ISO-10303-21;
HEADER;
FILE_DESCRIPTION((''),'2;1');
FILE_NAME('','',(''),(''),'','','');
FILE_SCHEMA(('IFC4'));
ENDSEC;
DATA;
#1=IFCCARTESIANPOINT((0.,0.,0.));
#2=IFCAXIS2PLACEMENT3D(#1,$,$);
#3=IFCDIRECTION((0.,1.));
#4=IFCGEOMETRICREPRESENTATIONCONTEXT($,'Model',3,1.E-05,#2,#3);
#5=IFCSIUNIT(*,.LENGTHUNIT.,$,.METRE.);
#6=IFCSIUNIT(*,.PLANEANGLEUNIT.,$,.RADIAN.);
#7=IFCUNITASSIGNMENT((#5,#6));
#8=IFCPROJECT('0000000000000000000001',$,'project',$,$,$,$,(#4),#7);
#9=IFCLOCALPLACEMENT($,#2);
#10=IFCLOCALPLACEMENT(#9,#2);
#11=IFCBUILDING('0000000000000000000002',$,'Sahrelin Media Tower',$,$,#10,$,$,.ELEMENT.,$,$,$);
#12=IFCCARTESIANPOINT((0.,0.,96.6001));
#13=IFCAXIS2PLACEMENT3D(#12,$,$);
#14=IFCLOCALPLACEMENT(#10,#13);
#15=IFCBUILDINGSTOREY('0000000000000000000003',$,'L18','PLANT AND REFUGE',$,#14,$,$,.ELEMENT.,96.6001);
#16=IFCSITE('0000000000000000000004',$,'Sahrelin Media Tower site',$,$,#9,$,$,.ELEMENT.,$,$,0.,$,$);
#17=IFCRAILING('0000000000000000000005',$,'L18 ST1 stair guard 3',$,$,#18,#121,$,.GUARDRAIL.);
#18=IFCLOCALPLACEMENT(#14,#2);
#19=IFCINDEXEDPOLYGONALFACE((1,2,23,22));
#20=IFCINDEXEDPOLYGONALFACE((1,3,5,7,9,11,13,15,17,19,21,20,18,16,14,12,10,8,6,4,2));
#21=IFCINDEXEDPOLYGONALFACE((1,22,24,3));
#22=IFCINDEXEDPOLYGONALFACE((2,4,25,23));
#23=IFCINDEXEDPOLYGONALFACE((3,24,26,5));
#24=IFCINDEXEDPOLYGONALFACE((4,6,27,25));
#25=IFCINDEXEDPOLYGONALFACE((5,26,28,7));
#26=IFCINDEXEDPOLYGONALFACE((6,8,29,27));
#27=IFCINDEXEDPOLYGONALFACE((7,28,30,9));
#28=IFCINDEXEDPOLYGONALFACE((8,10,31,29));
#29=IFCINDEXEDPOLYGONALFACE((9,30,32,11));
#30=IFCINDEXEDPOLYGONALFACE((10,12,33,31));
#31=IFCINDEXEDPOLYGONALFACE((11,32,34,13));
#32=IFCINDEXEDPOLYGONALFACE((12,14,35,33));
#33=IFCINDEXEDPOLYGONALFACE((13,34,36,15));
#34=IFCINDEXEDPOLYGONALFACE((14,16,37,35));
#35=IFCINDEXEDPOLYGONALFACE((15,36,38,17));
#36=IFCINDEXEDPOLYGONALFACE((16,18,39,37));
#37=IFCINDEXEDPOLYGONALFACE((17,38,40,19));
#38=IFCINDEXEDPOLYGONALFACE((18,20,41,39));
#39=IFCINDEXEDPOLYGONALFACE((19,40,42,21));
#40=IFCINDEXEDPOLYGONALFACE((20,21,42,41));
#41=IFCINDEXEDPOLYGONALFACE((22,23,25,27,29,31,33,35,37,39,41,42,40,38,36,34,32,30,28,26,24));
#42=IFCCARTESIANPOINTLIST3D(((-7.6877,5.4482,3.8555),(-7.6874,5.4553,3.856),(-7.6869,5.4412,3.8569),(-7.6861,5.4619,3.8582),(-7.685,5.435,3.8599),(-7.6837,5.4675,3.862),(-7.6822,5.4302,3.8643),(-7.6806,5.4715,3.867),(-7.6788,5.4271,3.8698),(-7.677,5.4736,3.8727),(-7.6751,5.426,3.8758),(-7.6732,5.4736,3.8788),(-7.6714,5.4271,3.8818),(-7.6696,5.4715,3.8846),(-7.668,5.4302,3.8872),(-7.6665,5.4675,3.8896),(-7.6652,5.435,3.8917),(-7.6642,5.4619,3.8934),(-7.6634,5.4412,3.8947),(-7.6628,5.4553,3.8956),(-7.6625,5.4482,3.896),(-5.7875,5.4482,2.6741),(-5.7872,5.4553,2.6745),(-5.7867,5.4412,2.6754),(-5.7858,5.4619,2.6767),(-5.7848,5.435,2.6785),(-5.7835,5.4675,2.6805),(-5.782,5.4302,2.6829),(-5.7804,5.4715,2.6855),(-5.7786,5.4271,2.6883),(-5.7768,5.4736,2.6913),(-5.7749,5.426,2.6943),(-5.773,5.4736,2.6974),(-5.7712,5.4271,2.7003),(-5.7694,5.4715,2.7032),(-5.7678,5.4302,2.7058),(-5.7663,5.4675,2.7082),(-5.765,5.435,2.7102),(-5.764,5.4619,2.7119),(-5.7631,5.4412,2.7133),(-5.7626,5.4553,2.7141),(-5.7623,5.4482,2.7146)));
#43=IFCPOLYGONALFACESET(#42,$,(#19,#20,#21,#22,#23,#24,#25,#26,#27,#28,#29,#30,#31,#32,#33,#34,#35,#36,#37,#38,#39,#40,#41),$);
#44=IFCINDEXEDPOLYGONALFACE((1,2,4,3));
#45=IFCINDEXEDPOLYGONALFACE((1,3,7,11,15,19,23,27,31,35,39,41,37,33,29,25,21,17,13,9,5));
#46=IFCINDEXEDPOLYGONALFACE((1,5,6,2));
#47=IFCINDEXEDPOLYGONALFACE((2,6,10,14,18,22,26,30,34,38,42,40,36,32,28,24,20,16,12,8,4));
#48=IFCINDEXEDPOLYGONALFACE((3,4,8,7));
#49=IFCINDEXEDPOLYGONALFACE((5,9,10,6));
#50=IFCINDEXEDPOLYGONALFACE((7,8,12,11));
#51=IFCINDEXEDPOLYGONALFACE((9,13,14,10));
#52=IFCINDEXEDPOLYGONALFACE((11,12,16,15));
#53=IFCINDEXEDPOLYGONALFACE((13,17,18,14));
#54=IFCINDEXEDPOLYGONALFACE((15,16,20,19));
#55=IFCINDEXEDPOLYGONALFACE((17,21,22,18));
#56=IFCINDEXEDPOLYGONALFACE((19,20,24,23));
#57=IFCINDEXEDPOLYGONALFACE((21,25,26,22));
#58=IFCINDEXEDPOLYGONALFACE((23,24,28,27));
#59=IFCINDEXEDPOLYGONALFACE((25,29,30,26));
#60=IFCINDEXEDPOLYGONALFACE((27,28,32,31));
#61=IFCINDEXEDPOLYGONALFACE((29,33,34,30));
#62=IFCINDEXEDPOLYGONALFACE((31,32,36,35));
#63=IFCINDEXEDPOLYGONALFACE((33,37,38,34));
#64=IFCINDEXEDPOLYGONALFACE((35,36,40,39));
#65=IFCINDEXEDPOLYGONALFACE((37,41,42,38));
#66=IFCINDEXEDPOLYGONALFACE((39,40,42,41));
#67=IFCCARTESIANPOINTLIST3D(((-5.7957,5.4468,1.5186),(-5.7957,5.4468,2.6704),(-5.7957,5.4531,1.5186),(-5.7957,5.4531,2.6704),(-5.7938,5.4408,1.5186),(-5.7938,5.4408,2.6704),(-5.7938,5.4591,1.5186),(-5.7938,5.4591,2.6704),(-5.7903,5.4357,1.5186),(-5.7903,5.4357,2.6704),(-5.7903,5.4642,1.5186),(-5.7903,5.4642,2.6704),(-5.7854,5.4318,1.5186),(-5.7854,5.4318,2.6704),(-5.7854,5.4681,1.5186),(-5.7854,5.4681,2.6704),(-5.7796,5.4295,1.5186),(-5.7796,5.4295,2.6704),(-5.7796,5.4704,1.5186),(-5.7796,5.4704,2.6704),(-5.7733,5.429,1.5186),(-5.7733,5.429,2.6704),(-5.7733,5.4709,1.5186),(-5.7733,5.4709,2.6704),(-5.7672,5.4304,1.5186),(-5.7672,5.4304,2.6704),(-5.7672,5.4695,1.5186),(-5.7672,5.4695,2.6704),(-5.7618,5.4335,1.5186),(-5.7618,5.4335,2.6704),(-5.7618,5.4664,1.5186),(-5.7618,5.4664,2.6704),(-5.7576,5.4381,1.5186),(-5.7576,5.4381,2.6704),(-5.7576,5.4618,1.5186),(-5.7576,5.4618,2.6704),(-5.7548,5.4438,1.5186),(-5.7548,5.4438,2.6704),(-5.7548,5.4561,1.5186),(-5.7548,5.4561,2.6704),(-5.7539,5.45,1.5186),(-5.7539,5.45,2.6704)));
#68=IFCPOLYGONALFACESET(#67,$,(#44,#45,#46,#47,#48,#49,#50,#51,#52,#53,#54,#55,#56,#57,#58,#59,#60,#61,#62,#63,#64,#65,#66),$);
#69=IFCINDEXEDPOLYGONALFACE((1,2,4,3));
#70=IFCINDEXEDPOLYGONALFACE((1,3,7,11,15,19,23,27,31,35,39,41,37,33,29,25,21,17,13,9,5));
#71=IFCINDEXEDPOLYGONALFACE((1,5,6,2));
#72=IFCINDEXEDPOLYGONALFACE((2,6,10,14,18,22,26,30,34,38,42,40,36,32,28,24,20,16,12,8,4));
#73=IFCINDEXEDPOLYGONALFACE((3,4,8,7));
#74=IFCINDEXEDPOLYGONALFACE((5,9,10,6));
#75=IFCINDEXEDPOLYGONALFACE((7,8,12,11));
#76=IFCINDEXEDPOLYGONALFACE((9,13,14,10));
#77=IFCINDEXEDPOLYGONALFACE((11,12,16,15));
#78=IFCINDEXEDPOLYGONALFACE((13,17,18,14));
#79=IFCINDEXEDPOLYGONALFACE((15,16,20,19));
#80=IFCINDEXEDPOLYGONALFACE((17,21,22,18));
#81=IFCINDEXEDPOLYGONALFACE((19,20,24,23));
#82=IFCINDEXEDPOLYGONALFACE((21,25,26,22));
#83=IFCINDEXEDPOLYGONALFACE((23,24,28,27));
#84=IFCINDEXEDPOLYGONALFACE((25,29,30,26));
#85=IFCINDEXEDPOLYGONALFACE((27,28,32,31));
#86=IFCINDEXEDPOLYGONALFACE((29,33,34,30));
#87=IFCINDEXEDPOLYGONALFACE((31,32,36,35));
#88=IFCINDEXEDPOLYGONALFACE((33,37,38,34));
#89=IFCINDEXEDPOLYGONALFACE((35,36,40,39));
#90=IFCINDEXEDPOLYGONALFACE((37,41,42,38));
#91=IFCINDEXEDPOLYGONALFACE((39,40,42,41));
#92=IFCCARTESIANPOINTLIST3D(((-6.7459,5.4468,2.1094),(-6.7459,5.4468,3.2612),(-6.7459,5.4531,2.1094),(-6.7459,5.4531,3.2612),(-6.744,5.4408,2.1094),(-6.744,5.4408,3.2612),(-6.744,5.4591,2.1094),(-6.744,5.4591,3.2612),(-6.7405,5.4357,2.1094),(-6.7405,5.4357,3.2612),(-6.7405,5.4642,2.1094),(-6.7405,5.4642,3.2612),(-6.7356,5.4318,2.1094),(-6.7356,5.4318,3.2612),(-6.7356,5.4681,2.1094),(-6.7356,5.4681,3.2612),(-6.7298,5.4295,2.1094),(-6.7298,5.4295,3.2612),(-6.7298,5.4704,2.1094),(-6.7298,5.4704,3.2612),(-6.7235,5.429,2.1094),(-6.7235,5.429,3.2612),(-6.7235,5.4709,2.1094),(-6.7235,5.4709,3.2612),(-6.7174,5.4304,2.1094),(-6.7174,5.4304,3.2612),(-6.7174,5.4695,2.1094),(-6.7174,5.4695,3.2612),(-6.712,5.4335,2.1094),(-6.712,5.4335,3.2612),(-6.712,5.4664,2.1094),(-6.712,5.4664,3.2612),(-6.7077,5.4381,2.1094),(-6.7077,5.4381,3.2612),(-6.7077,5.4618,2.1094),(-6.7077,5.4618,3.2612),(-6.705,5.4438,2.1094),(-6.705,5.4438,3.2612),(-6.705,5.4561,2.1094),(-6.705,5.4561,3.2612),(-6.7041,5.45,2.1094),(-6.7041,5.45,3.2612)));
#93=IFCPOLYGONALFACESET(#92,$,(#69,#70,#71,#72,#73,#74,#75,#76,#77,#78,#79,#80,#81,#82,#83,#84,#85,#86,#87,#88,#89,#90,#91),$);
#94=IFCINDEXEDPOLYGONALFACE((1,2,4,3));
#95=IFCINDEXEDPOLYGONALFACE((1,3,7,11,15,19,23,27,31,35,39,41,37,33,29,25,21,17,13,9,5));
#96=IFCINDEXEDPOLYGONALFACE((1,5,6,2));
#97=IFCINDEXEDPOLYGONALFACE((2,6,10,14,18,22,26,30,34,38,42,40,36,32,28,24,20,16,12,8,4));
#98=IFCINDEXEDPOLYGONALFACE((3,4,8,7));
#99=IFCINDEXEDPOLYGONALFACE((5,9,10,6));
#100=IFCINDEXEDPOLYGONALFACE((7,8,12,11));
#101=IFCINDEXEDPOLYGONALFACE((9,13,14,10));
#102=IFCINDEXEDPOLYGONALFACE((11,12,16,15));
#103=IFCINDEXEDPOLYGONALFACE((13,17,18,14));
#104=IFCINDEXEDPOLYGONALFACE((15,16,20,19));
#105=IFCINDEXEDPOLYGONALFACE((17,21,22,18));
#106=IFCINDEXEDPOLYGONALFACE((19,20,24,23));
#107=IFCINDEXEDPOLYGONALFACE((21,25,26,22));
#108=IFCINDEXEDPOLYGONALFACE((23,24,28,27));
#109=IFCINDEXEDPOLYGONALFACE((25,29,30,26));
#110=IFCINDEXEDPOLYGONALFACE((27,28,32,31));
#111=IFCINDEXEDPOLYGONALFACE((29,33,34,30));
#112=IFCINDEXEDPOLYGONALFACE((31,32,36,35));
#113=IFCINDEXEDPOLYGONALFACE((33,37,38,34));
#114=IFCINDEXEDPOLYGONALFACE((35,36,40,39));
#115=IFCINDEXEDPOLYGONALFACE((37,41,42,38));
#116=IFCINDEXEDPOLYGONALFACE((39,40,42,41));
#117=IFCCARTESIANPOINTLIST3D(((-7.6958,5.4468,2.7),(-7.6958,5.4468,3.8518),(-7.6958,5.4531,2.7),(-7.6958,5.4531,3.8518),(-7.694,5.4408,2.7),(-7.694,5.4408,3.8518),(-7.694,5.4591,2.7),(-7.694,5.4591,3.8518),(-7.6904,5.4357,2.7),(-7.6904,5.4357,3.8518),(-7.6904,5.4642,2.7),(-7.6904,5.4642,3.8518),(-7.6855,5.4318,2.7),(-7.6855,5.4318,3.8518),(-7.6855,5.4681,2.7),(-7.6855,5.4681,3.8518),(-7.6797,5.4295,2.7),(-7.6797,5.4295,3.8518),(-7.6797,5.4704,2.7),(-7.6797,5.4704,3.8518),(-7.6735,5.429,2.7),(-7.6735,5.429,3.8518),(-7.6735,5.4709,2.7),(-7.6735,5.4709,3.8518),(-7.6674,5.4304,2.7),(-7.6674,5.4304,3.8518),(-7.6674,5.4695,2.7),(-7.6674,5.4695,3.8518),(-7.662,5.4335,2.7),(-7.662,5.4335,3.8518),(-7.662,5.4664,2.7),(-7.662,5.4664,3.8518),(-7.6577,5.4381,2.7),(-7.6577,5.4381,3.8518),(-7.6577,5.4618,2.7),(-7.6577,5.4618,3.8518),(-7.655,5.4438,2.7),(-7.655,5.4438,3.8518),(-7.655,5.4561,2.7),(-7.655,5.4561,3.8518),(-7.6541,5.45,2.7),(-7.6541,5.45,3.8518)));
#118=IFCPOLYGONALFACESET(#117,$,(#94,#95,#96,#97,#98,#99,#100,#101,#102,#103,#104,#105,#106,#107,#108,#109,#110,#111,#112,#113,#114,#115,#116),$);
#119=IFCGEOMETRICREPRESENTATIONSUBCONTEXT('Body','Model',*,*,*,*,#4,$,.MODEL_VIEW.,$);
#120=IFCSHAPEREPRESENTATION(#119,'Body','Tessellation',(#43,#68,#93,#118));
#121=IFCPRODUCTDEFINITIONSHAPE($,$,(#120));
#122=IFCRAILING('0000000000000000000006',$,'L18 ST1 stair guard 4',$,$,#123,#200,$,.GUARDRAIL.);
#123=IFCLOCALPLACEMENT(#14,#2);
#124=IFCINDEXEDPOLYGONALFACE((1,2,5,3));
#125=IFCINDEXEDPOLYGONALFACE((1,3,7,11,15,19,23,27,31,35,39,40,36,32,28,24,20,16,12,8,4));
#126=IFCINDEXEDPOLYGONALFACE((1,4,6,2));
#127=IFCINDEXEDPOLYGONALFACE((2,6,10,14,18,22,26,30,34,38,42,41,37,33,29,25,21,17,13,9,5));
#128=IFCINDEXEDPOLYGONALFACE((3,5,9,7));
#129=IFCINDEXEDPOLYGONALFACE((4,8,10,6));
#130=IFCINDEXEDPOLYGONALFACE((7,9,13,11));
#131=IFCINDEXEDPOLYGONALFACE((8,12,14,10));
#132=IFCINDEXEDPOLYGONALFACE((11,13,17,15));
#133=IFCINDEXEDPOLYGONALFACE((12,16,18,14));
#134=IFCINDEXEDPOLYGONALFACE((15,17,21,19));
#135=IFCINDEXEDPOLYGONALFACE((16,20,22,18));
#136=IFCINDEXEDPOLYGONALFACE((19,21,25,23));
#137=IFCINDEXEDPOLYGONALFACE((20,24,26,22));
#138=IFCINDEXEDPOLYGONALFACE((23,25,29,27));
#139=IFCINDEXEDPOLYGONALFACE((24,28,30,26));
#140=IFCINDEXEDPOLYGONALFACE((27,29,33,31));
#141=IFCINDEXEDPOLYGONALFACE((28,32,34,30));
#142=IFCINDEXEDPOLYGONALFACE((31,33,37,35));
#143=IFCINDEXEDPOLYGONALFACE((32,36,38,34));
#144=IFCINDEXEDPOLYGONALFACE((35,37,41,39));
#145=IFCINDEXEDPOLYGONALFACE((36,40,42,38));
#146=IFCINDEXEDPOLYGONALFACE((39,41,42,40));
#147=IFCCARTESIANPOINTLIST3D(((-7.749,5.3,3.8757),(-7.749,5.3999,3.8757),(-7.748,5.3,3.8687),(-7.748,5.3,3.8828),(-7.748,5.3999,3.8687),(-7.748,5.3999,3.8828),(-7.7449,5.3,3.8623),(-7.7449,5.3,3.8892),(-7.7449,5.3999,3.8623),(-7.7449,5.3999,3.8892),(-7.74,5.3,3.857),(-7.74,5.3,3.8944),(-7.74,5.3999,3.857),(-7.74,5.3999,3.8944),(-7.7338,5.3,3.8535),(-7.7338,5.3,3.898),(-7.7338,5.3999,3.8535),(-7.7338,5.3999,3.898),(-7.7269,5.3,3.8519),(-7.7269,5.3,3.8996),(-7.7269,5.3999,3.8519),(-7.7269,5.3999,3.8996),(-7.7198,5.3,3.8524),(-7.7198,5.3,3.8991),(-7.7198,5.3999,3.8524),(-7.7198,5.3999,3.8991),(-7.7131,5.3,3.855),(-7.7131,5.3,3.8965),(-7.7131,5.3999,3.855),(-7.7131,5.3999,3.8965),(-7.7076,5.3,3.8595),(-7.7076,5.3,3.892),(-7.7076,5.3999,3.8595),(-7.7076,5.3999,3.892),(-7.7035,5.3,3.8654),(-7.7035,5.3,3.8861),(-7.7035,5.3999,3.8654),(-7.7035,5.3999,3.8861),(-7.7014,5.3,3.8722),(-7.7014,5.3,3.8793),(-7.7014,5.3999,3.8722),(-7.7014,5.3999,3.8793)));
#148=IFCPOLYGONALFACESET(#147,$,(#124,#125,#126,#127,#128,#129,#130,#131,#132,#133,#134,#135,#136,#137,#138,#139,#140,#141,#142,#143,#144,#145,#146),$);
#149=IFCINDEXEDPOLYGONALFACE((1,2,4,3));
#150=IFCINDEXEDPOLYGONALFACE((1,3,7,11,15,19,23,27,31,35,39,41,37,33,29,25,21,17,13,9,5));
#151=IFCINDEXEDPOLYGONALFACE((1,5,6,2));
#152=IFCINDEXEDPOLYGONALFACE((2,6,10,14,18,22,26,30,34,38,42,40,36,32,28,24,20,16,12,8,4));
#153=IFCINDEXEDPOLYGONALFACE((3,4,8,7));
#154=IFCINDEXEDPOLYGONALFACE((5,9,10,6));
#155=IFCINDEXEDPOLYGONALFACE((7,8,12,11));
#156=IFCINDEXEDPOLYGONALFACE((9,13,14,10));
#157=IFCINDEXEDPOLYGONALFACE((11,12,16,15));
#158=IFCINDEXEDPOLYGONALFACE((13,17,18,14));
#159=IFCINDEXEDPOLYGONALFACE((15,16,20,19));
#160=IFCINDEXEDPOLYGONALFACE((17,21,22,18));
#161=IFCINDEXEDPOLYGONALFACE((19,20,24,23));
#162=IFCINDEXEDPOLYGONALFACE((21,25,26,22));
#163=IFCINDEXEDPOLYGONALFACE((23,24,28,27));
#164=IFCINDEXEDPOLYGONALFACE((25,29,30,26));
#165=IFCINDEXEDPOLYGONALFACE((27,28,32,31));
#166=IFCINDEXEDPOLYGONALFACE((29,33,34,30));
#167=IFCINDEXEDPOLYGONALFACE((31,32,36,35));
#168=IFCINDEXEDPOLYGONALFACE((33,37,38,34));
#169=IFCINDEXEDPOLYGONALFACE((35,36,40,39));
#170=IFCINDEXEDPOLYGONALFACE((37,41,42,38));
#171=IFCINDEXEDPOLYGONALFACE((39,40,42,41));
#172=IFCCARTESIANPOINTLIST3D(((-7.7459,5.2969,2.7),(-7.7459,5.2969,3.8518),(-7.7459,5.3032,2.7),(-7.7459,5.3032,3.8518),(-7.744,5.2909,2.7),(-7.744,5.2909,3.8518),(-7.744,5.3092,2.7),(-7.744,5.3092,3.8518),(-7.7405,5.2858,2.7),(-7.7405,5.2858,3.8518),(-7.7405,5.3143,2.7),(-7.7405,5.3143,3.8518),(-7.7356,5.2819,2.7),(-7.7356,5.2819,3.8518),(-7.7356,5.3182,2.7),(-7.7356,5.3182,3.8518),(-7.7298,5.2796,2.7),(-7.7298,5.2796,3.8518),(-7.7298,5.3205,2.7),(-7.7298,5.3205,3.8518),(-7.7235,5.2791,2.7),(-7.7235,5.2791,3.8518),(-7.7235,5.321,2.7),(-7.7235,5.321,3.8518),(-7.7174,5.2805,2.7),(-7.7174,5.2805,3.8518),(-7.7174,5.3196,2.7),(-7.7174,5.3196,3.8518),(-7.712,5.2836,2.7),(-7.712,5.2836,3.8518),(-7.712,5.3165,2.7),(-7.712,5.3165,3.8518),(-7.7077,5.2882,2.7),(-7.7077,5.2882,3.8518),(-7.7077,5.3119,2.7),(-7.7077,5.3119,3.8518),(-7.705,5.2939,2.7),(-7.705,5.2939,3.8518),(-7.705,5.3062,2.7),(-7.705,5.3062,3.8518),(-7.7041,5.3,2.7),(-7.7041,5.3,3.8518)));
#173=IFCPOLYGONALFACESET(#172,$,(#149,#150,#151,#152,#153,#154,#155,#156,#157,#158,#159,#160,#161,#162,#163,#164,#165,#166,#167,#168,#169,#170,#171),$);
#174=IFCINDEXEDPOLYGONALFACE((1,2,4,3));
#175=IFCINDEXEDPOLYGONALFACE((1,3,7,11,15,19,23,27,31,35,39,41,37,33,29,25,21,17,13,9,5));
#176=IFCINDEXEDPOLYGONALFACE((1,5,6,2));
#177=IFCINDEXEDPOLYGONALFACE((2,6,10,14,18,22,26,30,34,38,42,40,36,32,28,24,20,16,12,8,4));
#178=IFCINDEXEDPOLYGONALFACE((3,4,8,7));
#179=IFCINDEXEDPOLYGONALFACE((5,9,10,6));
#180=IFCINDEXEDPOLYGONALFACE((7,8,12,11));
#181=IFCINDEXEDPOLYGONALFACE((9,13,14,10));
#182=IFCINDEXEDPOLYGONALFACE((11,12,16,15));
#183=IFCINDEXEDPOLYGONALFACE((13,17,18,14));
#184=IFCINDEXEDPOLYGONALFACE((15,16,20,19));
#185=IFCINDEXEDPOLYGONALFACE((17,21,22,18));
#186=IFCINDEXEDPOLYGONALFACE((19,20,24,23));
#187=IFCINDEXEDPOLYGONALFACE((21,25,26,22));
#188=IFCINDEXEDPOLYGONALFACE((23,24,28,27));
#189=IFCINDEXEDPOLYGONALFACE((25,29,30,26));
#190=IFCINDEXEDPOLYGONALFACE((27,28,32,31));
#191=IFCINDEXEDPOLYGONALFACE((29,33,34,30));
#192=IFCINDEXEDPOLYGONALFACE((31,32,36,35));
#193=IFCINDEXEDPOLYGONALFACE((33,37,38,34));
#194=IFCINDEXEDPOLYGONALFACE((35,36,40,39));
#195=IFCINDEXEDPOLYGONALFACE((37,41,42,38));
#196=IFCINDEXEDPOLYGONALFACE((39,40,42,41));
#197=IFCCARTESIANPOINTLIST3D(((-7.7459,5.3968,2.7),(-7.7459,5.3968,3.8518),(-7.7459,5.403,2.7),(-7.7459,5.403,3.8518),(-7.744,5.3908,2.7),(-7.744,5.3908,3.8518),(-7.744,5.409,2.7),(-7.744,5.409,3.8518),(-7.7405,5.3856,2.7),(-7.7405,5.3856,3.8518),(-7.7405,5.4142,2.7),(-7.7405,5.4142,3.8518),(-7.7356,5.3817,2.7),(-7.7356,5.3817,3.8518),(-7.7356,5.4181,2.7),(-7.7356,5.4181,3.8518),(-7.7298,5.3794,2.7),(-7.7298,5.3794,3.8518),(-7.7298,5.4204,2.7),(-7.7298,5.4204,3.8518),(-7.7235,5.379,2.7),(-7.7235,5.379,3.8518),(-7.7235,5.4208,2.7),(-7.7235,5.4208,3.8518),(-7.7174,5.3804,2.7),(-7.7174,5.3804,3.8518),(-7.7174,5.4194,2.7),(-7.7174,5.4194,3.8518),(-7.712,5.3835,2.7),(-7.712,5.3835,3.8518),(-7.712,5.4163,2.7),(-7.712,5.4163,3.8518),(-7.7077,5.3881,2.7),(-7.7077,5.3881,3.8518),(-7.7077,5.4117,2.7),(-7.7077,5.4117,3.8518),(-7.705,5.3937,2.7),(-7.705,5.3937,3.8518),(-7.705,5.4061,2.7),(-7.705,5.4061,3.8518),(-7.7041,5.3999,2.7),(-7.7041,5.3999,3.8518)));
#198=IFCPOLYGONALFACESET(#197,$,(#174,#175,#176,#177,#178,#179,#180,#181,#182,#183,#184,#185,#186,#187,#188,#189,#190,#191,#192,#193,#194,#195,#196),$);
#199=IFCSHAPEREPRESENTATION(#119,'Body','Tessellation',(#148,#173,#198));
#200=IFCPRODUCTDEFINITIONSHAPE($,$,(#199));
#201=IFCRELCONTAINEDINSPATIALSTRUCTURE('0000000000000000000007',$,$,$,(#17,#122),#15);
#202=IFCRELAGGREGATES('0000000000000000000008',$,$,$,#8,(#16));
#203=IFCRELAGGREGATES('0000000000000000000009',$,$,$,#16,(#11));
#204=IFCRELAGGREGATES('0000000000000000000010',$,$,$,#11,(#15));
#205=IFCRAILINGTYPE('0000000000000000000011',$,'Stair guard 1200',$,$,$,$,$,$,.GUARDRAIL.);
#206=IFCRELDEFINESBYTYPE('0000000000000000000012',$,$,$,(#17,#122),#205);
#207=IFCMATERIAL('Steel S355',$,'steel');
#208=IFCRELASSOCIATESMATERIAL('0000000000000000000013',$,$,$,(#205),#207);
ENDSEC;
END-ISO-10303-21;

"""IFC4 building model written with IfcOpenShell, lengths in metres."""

from ifc_helpers import new_model, si_unit, direction, frame, origin, origin_2d, place, context, subcontext, project, spatial, circle, extrude, material, type_object, element, save


model = new_model("IFC4")

# Units and contexts
model_context = context("Model", 3, precision=1e-05, world=origin(), true_north=direction((0.0, 1.0)))
body_context = subcontext(model_context, "Body", "Model", "MODEL_VIEW")
ifc_project = project(units=[si_unit("LENGTHUNIT", "METRE"), si_unit("PLANEANGLEUNIT", "RADIAN")], contexts=[model_context])

# Site, building, storey
site_placement = place(None, origin())
site = spatial("IfcSite", under=ifc_project, at=site_placement, Name="Sahrelin Media Tower site", CompositionType="ELEMENT", RefElevation=0.0)
building_placement = place(site_placement, origin())
building = spatial("IfcBuilding", under=site, at=building_placement, Name="Sahrelin Media Tower", CompositionType="ELEMENT")
storey_placement = place(building_placement, frame((0.0, 0.0, 96.6001)))
storey = spatial("IfcBuildingStorey", under=building, at=storey_placement, Name="L18", Description="PLANT AND REFUGE", CompositionType="ELEMENT", Elevation=96.6001)

# Railings
ifc_material_1 = material(Name="Steel S355", Category="steel")
railing_type_1 = type_object("IfcRailingType", Name="Stair guard 1200", PredefinedType="GUARDRAIL", material=ifc_material_1)
railing_1_placement = place(storey_placement, frame((-5.7749, 5.45, 1.5186)))
element("IfcRailing", 1, at=railing_1_placement, inside=storey, type_object=railing_type_1, Name="L18 ST1 stair guard 3", PredefinedType="GUARDRAIL", context=body_context, shape_type="SweptSolid", body=[
    extrude(circle(Radius=0.0239, at=origin_2d()), frame((0.0, 0.0, 1.1758), z_axis=(-0.84924, 0.0, 0.528006), x_axis=(0.0, -1.0, 0.0)), (0.0, 0.0, 1.0), 2.2375),
    extrude(circle(Radius=0.021, at=origin_2d()), origin(), (0.0, 0.0, 1.0), 1.1519),
    extrude(circle(Radius=0.021, at=origin_2d()), frame((-0.9502, 0.0, 0.5908)), (0.0, 0.0, 1.0), 1.1519),
    extrude(circle(Radius=0.021, at=origin_2d()), frame((-1.9001, 0.0, 1.1814)), (0.0, 0.0, 1.0), 1.1519),
])
railing_2_placement = place(storey_placement, frame((-7.7251, 5.3, 2.7)))
element("IfcRailing", 2, at=railing_2_placement, inside=storey, type_object=railing_type_1, Name="L18 ST1 stair guard 4", PredefinedType="GUARDRAIL", context=body_context, shape_type="SweptSolid", body=[
    extrude(circle(Radius=0.0239, at=origin_2d()), frame((0.0, 0.0, 1.1758), z_axis=(0.0, 1.0, 0.0), x_axis=(-1.0, 0.0, 0.0)), (0.0, 0.0, 1.0), 0.0999),
    extrude(circle(Radius=0.021, at=origin_2d()), origin(), (0.0, 0.0, 1.0), 1.1519),
    extrude(circle(Radius=0.021, at=origin_2d()), frame((0.0, 0.0999, 0.0)), (0.0, 0.0, 1.0), 1.1519),
])

save(model, "model.ifc")
